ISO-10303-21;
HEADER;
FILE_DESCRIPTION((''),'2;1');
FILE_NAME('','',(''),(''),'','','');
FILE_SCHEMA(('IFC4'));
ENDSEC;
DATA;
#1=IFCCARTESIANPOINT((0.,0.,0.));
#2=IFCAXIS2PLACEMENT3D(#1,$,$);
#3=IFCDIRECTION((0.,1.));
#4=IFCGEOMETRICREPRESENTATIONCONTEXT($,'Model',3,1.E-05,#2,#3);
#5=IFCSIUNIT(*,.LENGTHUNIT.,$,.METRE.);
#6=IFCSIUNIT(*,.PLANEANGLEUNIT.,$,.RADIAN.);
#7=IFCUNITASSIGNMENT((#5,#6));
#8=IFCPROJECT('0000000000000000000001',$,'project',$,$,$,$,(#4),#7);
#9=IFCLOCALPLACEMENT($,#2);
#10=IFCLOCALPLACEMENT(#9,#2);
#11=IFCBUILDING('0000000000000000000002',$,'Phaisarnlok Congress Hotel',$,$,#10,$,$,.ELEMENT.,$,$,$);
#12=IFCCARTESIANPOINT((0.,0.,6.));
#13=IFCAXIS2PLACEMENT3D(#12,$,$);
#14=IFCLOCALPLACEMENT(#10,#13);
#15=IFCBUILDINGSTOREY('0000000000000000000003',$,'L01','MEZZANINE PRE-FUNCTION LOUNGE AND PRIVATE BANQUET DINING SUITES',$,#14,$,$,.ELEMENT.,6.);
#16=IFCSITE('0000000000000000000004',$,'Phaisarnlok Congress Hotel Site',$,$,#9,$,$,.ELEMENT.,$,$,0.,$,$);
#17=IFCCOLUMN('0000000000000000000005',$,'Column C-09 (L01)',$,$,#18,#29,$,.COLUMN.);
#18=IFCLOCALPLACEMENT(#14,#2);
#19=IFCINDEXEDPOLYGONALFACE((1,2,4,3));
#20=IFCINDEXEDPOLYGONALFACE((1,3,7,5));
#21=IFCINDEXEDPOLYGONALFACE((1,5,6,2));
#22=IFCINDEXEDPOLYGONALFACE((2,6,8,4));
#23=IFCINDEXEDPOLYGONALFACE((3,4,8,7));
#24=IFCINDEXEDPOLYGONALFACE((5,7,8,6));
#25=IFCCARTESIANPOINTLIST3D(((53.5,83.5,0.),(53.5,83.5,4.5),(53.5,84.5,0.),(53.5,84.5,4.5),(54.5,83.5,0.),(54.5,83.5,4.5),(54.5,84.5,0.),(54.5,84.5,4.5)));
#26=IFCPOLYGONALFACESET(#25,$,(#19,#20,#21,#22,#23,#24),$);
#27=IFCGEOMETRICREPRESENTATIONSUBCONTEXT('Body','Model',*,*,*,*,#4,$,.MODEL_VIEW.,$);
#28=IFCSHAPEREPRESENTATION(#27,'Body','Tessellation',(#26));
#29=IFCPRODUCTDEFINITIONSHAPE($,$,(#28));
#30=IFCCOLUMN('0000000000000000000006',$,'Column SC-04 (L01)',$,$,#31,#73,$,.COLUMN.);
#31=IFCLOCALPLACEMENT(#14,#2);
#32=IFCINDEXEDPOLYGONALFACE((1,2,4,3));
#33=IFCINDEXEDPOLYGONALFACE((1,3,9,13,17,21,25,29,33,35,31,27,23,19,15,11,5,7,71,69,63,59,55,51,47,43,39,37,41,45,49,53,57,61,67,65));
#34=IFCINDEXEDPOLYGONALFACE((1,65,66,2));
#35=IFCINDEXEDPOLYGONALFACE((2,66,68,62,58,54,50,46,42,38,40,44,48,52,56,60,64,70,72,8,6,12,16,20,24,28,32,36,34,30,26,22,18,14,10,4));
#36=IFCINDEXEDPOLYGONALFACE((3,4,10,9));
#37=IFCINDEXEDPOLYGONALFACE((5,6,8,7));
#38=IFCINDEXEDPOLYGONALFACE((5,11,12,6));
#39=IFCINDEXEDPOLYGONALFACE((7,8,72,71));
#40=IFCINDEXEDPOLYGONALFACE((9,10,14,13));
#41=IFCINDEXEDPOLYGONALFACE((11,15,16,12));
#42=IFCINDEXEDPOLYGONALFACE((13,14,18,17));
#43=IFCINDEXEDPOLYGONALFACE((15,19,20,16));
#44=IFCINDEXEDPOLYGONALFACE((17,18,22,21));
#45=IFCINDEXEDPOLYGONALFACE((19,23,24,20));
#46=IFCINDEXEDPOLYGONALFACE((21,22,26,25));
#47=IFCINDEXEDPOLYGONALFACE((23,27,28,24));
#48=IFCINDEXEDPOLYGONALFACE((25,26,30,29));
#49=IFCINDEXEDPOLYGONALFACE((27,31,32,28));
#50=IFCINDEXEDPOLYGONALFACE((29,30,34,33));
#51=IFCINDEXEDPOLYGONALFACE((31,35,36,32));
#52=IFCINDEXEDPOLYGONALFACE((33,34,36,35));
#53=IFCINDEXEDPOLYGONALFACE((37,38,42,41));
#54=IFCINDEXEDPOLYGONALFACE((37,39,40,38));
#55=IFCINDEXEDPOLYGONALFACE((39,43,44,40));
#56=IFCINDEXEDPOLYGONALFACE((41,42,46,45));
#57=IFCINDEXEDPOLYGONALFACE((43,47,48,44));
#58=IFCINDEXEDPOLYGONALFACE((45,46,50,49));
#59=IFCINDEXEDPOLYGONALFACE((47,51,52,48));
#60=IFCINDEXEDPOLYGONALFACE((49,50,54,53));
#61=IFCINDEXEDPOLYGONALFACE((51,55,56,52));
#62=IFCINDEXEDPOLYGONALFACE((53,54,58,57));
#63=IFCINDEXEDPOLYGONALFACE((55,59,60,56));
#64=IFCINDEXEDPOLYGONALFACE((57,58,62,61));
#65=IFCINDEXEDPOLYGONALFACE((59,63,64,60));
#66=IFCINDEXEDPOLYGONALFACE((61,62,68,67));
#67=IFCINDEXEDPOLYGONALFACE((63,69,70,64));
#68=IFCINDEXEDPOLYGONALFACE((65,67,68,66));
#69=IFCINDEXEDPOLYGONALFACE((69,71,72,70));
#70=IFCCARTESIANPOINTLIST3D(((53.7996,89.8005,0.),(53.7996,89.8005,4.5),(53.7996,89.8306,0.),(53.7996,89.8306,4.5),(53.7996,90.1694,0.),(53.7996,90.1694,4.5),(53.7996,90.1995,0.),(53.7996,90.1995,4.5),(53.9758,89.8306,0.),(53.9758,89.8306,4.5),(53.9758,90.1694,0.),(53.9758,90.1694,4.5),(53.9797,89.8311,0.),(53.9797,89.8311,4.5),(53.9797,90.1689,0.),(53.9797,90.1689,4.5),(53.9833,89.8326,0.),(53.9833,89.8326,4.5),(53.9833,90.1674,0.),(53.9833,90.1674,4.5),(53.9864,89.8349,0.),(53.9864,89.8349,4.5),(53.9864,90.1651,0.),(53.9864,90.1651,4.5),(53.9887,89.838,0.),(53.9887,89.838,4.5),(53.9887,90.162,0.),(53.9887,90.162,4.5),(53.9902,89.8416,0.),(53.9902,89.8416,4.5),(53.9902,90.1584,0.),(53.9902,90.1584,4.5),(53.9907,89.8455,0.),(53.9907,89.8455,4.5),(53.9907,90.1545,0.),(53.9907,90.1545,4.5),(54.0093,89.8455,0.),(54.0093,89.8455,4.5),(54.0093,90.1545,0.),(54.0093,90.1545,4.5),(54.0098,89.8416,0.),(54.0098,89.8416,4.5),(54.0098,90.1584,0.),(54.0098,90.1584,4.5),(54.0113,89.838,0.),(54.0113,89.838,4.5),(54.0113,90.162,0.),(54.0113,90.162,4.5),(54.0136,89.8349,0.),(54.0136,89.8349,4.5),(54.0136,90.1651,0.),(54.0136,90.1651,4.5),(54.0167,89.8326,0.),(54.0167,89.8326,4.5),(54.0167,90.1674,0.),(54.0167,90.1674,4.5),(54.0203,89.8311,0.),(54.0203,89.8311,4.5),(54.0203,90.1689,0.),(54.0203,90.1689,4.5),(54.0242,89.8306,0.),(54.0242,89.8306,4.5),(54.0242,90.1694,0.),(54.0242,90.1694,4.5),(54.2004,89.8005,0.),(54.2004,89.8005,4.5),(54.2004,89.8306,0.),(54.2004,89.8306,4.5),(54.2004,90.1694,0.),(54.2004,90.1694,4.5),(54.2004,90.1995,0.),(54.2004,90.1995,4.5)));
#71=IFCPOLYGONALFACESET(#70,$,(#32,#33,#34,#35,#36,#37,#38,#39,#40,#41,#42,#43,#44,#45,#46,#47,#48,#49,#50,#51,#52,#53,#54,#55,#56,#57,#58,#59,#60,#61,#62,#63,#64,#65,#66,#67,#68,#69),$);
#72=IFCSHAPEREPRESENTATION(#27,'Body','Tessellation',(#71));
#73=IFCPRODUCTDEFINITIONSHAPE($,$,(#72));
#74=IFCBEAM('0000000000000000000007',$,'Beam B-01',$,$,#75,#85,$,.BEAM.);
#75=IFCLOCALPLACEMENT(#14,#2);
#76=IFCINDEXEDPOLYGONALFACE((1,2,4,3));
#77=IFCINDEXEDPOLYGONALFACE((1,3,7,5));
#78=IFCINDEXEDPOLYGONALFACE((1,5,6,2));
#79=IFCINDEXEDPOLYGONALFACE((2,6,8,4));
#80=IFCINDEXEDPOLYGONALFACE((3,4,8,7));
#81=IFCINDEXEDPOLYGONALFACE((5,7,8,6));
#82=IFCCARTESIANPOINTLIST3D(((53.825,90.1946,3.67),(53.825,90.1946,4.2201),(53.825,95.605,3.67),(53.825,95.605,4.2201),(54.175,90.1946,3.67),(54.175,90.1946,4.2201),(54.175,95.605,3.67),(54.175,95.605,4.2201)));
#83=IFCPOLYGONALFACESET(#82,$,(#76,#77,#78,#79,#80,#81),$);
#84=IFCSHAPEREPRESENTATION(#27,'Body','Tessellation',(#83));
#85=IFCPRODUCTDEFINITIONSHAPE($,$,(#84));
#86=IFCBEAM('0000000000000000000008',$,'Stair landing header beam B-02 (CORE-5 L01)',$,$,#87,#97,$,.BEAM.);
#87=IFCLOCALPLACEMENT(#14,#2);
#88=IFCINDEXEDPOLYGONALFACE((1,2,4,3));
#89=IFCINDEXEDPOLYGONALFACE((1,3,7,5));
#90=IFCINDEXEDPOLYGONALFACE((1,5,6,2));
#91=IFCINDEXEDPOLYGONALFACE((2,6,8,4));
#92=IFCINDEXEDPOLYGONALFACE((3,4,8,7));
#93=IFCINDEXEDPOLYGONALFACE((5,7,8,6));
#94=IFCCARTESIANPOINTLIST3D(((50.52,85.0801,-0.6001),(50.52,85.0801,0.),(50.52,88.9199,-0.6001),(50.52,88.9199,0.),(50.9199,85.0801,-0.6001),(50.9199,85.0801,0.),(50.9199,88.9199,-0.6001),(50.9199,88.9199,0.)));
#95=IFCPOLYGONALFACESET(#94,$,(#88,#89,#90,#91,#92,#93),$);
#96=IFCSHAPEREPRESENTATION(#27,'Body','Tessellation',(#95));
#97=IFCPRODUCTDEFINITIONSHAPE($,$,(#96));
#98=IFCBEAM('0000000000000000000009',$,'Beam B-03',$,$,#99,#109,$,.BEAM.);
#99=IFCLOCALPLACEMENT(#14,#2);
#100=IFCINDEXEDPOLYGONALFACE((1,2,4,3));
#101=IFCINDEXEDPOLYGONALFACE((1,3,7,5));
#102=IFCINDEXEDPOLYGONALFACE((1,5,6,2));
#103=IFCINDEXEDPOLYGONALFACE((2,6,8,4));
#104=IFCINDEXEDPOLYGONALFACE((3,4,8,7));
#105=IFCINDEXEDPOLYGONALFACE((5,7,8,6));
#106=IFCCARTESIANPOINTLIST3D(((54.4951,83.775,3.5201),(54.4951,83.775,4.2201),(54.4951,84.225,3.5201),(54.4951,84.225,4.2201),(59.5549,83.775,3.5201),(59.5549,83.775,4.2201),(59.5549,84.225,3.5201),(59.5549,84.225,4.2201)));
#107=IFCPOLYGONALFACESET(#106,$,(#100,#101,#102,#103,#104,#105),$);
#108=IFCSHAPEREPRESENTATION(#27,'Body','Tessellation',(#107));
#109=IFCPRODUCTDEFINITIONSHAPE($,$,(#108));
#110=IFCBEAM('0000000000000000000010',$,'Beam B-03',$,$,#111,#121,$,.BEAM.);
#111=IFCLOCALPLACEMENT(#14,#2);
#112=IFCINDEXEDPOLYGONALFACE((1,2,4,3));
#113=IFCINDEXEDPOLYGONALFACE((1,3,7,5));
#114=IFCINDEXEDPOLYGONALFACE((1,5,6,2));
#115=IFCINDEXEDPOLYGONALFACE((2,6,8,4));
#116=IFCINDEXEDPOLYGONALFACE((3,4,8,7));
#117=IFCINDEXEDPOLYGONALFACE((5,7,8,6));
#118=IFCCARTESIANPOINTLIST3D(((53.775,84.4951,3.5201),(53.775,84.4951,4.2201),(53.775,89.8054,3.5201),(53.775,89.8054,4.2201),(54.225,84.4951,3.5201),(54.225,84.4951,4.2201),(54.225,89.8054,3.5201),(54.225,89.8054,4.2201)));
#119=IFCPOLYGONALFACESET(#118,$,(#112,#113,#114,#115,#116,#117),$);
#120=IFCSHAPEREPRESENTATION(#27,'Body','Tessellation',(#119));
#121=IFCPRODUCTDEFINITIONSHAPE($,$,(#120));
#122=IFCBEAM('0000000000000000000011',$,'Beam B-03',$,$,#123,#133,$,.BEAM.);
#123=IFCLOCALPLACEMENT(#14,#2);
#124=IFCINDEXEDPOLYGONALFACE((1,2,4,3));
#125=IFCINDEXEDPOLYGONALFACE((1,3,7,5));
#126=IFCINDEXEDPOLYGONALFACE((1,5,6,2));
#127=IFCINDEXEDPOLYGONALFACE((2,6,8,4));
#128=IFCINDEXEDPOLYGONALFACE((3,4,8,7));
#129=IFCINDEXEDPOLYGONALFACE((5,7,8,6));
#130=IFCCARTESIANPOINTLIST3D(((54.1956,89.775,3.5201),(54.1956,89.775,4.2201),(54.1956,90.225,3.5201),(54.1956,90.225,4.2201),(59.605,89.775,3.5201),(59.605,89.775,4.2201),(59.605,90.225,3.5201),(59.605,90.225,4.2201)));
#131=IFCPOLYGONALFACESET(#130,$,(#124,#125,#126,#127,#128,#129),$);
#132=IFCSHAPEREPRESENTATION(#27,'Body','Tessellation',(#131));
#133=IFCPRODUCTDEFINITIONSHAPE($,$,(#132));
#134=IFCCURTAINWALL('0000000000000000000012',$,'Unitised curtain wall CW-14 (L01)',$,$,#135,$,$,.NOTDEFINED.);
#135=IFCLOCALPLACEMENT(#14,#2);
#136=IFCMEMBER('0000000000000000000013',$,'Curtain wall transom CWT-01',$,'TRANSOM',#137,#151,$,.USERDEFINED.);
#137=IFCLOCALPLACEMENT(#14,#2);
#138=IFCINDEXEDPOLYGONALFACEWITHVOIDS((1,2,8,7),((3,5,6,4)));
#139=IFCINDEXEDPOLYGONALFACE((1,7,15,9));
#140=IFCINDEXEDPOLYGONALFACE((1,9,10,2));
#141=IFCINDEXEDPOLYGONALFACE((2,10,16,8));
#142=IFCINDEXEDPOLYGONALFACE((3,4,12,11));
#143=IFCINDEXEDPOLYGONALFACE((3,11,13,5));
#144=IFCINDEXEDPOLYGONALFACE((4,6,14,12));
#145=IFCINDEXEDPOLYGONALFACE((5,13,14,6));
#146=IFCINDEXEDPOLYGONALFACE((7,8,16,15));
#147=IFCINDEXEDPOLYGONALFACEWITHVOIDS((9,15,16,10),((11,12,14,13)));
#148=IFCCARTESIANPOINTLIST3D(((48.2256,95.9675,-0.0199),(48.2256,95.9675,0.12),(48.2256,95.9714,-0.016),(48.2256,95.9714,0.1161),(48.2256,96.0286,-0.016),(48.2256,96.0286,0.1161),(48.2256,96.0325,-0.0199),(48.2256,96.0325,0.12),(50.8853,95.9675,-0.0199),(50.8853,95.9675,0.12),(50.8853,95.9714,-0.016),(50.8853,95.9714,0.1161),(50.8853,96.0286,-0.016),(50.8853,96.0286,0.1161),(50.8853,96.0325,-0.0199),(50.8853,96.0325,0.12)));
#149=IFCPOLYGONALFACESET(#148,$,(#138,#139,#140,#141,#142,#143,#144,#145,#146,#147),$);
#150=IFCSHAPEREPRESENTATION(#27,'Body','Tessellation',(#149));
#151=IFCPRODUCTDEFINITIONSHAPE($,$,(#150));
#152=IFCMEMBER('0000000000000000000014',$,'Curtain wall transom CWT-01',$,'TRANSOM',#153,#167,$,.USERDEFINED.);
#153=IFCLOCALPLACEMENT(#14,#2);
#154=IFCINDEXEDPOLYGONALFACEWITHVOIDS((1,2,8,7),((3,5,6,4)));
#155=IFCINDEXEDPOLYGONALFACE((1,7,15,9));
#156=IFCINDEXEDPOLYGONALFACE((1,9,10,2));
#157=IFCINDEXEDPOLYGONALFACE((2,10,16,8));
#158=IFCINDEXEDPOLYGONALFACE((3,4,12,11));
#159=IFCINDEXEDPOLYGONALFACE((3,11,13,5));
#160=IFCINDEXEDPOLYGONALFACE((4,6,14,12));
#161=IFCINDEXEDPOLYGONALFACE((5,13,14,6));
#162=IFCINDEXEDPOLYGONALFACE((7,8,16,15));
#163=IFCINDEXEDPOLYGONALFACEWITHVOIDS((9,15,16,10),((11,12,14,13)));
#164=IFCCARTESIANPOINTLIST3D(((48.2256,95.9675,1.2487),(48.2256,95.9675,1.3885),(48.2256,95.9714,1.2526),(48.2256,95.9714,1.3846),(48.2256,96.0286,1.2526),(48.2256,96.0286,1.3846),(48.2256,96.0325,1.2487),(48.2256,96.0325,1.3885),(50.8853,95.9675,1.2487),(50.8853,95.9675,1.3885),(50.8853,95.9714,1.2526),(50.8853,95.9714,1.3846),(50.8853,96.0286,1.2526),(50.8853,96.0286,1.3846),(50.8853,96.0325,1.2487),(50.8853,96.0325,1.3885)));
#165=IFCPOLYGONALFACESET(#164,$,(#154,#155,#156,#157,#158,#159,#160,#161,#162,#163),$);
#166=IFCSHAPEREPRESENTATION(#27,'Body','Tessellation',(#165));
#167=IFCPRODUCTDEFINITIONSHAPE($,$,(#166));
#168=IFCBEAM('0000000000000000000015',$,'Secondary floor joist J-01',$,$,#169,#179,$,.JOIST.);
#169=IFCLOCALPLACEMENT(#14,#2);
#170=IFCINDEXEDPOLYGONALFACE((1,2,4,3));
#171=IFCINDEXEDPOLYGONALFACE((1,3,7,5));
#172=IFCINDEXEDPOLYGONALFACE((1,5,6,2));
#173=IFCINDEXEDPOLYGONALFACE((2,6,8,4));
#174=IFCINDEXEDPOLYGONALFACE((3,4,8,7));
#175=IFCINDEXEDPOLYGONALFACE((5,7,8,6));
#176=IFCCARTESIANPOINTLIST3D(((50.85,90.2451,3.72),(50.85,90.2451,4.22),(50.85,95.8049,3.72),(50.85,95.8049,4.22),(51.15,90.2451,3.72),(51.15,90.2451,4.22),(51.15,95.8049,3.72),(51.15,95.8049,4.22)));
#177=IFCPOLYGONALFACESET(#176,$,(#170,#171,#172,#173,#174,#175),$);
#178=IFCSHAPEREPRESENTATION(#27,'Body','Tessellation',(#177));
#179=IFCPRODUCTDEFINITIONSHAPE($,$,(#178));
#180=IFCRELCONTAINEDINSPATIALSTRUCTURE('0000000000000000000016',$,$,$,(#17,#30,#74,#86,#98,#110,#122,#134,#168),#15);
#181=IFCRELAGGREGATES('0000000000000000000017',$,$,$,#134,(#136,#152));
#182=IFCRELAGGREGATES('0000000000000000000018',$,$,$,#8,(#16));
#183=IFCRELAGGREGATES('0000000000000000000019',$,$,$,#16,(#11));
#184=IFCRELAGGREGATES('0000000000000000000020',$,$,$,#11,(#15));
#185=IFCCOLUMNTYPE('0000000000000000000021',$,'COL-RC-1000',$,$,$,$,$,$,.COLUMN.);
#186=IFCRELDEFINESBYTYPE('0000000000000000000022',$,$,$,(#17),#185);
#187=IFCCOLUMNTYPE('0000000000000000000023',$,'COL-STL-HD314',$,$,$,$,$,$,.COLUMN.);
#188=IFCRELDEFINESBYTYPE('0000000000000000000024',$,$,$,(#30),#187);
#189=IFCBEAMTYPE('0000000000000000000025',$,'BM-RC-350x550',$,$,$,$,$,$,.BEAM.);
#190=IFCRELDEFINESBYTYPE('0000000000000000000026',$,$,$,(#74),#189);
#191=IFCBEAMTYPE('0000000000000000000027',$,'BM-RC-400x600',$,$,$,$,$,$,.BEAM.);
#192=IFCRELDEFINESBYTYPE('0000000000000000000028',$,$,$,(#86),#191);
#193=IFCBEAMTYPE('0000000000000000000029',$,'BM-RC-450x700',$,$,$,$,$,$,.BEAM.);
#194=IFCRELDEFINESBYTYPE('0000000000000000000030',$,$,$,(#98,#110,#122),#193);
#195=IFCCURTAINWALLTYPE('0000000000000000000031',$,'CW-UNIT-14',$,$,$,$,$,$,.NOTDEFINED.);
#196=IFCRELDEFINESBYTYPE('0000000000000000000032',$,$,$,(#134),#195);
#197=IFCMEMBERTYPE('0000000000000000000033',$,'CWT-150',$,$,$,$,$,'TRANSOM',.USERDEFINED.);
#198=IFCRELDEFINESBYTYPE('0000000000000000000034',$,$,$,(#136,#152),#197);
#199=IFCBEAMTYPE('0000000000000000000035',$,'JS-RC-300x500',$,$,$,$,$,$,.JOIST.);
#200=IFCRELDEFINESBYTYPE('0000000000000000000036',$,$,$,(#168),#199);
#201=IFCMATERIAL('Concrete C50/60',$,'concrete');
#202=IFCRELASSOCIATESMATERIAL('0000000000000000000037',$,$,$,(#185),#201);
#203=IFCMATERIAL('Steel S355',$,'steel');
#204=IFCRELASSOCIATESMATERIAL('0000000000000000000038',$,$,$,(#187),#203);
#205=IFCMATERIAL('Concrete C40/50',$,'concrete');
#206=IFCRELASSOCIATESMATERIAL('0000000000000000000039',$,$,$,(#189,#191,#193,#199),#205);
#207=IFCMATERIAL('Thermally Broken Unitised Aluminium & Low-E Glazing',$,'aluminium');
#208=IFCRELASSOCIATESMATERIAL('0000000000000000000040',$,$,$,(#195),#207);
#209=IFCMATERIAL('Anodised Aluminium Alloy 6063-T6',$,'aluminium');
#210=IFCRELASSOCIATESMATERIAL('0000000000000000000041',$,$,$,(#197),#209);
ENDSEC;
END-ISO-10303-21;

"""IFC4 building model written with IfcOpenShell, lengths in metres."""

from ifc_helpers import new_model, si_unit, direction, frame, origin, origin_2d, place, context, subcontext, project, spatial, rectangle, hollow_rectangle, i_section, extrude, material, material_profile, profile_set, type_object, element, aggregate, save


model = new_model("IFC4")

# Units and contexts
model_context = context("Model", 3, precision=1e-05, world=origin(), true_north=direction((0.0, 1.0)))
body_context = subcontext(model_context, "Body", "Model", "MODEL_VIEW")
ifc_project = project(units=[si_unit("LENGTHUNIT", "METRE"), si_unit("PLANEANGLEUNIT", "RADIAN")], contexts=[model_context])

# Site, building, storey
site_placement = place(None, origin())
site = spatial("IfcSite", under=ifc_project, at=site_placement, Name="Phaisarnlok Congress Hotel Site", CompositionType="ELEMENT", RefElevation=0.0)
building_placement = place(site_placement, origin())
building = spatial("IfcBuilding", under=site, at=building_placement, Name="Phaisarnlok Congress Hotel", CompositionType="ELEMENT")
storey_placement = place(building_placement, frame((0.0, 0.0, 6.0)))
storey = spatial("IfcBuildingStorey", under=building, at=storey_placement, Name="L01", Description="MEZZANINE PRE-FUNCTION LOUNGE AND PRIVATE BANQUET DINING SUITES", CompositionType="ELEMENT", Elevation=6.0)

# Columns
ifc_material_1 = material(Name="Concrete C50/60", Category="concrete")
ifc_material_profile_1 = material_profile(ifc_material_1, rectangle(XDim=1.0, YDim=1.0, at=origin_2d()), Name="RC 1000x1000")
ifc_profile_set_1 = profile_set([ifc_material_profile_1], Name="Concrete C50/60")
column_type_1 = type_object("IfcColumnType", Name="COL-RC-1000", PredefinedType="COLUMN", material=ifc_profile_set_1)
column_1_placement = place(storey_placement, frame((54.0, 84.0, 0.0), z_axis=(0.0, 0.0, 1.0), x_axis=(1.0, 0.0, 0.0)))
element("IfcColumn", 1, at=column_1_placement, inside=storey, type_object=column_type_1, Name="Column C-09 (L01)", PredefinedType="COLUMN", context=body_context, shape_type="SweptSolid", body=[
    extrude(rectangle(XDim=1.0, YDim=1.0, at=origin_2d()), origin(), (0.0, 0.0, 1.0), 4.5),
])
ifc_material_2 = material(Name="Steel S355", Category="steel")
ifc_material_profile_2 = material_profile(ifc_material_2, i_section(OverallWidth=0.4009, OverallDepth=0.3989, WebThickness=0.0186, FlangeThickness=0.03, FilletRadius=0.0149, at=origin_2d()), Name="HD 400x314")
ifc_profile_set_2 = profile_set([ifc_material_profile_2], Name="Steel S355")
column_type_2 = type_object("IfcColumnType", Name="COL-STL-HD314", PredefinedType="COLUMN", material=ifc_profile_set_2)
column_2_placement = place(storey_placement, frame((54.0, 90.0, 0.0), z_axis=(0.0, 0.0, 1.0), x_axis=(1.0, 0.0, 0.0)))
element("IfcColumn", 2, at=column_2_placement, inside=storey, type_object=column_type_2, Name="Column SC-04 (L01)", PredefinedType="COLUMN", context=body_context, shape_type="SweptSolid", body=[
    extrude(i_section(OverallWidth=0.4009, OverallDepth=0.3989, WebThickness=0.0186, FlangeThickness=0.03, FilletRadius=0.0149, at=origin_2d()), origin(), (0.0, 0.0, 1.0), 4.5),
])

# Beams
ifc_material_3 = material(Name="Concrete C40/50", Category="concrete")
ifc_material_profile_3 = material_profile(ifc_material_3, rectangle(XDim=0.3501, YDim=0.55, at=origin_2d()), Name="RC 350x550")
ifc_profile_set_3 = profile_set([ifc_material_profile_3], Name="Concrete C40/50")
beam_type_1 = type_object("IfcBeamType", Name="BM-RC-350x550", PredefinedType="BEAM", material=ifc_profile_set_3)
beam_1_placement = place(storey_placement, frame((54.0, 90.1946, 3.9451), z_axis=(0.0, 1.0, 0.0), x_axis=(-1.0, 0.0, 0.0)))
element("IfcBeam", 3, at=beam_1_placement, inside=storey, type_object=beam_type_1, Name="Beam B-01", PredefinedType="BEAM", context=body_context, shape_type="SweptSolid", body=[
    extrude(rectangle(XDim=0.3501, YDim=0.55, at=origin_2d()), origin(), (0.0, 0.0, 1.0), 5.4104),
])
ifc_material_profile_4 = material_profile(ifc_material_3, rectangle(XDim=0.3999, YDim=0.6001, at=origin_2d()), Name="RC 400x600")
ifc_profile_set_4 = profile_set([ifc_material_profile_4], Name="Concrete C40/50")
beam_type_2 = type_object("IfcBeamType", Name="BM-RC-400x600", PredefinedType="BEAM", material=ifc_profile_set_4)
beam_2_placement = place(storey_placement, frame((50.72, 85.0801, -0.3), z_axis=(0.0, 1.0, 0.0), x_axis=(-1.0, 0.0, 0.0)))
element("IfcBeam", 4, at=beam_2_placement, inside=storey, type_object=beam_type_2, Name="Stair landing header beam B-02 (CORE-5 L01)", PredefinedType="BEAM", context=body_context, shape_type="SweptSolid", body=[
    extrude(rectangle(XDim=0.3999, YDim=0.6001, at=origin_2d()), origin(), (0.0, 0.0, 1.0), 3.8398),
])
ifc_material_profile_5 = material_profile(ifc_material_3, rectangle(XDim=0.45, YDim=0.7, at=origin_2d()), Name="RC 450x700")
ifc_profile_set_5 = profile_set([ifc_material_profile_5], Name="Concrete C40/50")
beam_type_3 = type_object("IfcBeamType", Name="BM-RC-450x700", PredefinedType="BEAM", material=ifc_profile_set_5)
beam_3_placement = place(storey_placement, frame((54.4951, 84.0, 3.8701), z_axis=(1.0, 0.0, 0.0), x_axis=(0.0, 1.0, 0.0)))
element("IfcBeam", 5, at=beam_3_placement, inside=storey, type_object=beam_type_3, Name="Beam B-03", PredefinedType="BEAM", context=body_context, shape_type="SweptSolid", body=[
    extrude(rectangle(XDim=0.45, YDim=0.7, at=origin_2d()), origin(), (0.0, 0.0, 1.0), 5.0598),
])
beam_4_placement = place(storey_placement, frame((54.0, 84.4951, 3.8701), z_axis=(0.0, 1.0, 0.0), x_axis=(-1.0, 0.0, 0.0)))
element("IfcBeam", 6, at=beam_4_placement, inside=storey, type_object=beam_type_3, Name="Beam B-03", PredefinedType="BEAM", context=body_context, shape_type="SweptSolid", body=[
    extrude(rectangle(XDim=0.45, YDim=0.7, at=origin_2d()), origin(), (0.0, 0.0, 1.0), 5.3103),
])
beam_5_placement = place(storey_placement, frame((54.1956, 90.0, 3.8701), z_axis=(1.0, 0.0, 0.0), x_axis=(0.0, 1.0, 0.0)))
element("IfcBeam", 7, at=beam_5_placement, inside=storey, type_object=beam_type_3, Name="Beam B-03", PredefinedType="BEAM", context=body_context, shape_type="SweptSolid", body=[
    extrude(rectangle(XDim=0.45, YDim=0.7, at=origin_2d()), origin(), (0.0, 0.0, 1.0), 5.4094),
])

# Curtain wall, members
ifc_material_4 = material(Name="Thermally Broken Unitised Aluminium & Low-E Glazing", Category="aluminium")
curtain_wall_type = type_object("IfcCurtainWallType", Name="CW-UNIT-14", PredefinedType="NOTDEFINED", material=ifc_material_4)
curtain_wall_placement = place(storey_placement, origin())
curtain_wall = element("IfcCurtainWall", 8, at=curtain_wall_placement, inside=storey, type_object=curtain_wall_type, Name="Unitised curtain wall CW-14 (L01)", PredefinedType="NOTDEFINED")
ifc_material_5 = material(Name="Anodised Aluminium Alloy 6063-T6", Category="aluminium")
ifc_material_profile_6 = material_profile(ifc_material_5, hollow_rectangle(XDim=0.0649, YDim=0.1399, WallThickness=0.0039, at=origin_2d()), Name="ALU-T 65x140x4")
ifc_profile_set_6 = profile_set([ifc_material_profile_6], Name="Anodised Aluminium Alloy 6063-T6")
member_type = type_object("IfcMemberType", Name="CWT-150", ElementType="TRANSOM", PredefinedType="USERDEFINED", material=ifc_profile_set_6)
member_1_placement = place(storey_placement, frame((50.8853, 96.0, 0.05), z_axis=(-1.0, 0.0, 0.0), x_axis=(0.0, -1.0, 0.0)))
member_1 = element("IfcMember", 9, at=member_1_placement, type_object=member_type, Name="Curtain wall transom CWT-01", ObjectType="TRANSOM", PredefinedType="USERDEFINED", context=body_context, shape_type="SweptSolid", body=[
    extrude(hollow_rectangle(XDim=0.0649, YDim=0.1399, WallThickness=0.0039, at=origin_2d()), origin(), (0.0, 0.0, 1.0), 2.6597),
])
member_2_placement = place(storey_placement, frame((50.8853, 96.0, 1.3186), z_axis=(-1.0, 0.0, 0.0), x_axis=(0.0, -1.0, 0.0)))
member_2 = element("IfcMember", 10, at=member_2_placement, type_object=member_type, Name="Curtain wall transom CWT-01", ObjectType="TRANSOM", PredefinedType="USERDEFINED", context=body_context, shape_type="SweptSolid", body=[
    extrude(hollow_rectangle(XDim=0.0649, YDim=0.1399, WallThickness=0.0039, at=origin_2d()), origin(), (0.0, 0.0, 1.0), 2.6597),
])
aggregate(curtain_wall, [member_1, member_2])

# Beam
ifc_material_profile_7 = material_profile(ifc_material_3, rectangle(XDim=0.3, YDim=0.5, at=origin_2d()), Name="RC 300x500")
ifc_profile_set_7 = profile_set([ifc_material_profile_7], Name="Concrete C40/50")
beam_type_4 = type_object("IfcBeamType", Name="JS-RC-300x500", PredefinedType="JOIST", material=ifc_profile_set_7)
beam_6_placement = place(storey_placement, frame((51.0, 90.2451, 3.97), z_axis=(0.0, 1.0, 0.0), x_axis=(-1.0, 0.0, 0.0)))
element("IfcBeam", 11, at=beam_6_placement, inside=storey, type_object=beam_type_4, Name="Secondary floor joist J-01", PredefinedType="JOIST", context=body_context, shape_type="SweptSolid", body=[
    extrude(rectangle(XDim=0.3, YDim=0.5, at=origin_2d()), origin(), (0.0, 0.0, 1.0), 5.5598),
])

save(model, "model.ifc")
